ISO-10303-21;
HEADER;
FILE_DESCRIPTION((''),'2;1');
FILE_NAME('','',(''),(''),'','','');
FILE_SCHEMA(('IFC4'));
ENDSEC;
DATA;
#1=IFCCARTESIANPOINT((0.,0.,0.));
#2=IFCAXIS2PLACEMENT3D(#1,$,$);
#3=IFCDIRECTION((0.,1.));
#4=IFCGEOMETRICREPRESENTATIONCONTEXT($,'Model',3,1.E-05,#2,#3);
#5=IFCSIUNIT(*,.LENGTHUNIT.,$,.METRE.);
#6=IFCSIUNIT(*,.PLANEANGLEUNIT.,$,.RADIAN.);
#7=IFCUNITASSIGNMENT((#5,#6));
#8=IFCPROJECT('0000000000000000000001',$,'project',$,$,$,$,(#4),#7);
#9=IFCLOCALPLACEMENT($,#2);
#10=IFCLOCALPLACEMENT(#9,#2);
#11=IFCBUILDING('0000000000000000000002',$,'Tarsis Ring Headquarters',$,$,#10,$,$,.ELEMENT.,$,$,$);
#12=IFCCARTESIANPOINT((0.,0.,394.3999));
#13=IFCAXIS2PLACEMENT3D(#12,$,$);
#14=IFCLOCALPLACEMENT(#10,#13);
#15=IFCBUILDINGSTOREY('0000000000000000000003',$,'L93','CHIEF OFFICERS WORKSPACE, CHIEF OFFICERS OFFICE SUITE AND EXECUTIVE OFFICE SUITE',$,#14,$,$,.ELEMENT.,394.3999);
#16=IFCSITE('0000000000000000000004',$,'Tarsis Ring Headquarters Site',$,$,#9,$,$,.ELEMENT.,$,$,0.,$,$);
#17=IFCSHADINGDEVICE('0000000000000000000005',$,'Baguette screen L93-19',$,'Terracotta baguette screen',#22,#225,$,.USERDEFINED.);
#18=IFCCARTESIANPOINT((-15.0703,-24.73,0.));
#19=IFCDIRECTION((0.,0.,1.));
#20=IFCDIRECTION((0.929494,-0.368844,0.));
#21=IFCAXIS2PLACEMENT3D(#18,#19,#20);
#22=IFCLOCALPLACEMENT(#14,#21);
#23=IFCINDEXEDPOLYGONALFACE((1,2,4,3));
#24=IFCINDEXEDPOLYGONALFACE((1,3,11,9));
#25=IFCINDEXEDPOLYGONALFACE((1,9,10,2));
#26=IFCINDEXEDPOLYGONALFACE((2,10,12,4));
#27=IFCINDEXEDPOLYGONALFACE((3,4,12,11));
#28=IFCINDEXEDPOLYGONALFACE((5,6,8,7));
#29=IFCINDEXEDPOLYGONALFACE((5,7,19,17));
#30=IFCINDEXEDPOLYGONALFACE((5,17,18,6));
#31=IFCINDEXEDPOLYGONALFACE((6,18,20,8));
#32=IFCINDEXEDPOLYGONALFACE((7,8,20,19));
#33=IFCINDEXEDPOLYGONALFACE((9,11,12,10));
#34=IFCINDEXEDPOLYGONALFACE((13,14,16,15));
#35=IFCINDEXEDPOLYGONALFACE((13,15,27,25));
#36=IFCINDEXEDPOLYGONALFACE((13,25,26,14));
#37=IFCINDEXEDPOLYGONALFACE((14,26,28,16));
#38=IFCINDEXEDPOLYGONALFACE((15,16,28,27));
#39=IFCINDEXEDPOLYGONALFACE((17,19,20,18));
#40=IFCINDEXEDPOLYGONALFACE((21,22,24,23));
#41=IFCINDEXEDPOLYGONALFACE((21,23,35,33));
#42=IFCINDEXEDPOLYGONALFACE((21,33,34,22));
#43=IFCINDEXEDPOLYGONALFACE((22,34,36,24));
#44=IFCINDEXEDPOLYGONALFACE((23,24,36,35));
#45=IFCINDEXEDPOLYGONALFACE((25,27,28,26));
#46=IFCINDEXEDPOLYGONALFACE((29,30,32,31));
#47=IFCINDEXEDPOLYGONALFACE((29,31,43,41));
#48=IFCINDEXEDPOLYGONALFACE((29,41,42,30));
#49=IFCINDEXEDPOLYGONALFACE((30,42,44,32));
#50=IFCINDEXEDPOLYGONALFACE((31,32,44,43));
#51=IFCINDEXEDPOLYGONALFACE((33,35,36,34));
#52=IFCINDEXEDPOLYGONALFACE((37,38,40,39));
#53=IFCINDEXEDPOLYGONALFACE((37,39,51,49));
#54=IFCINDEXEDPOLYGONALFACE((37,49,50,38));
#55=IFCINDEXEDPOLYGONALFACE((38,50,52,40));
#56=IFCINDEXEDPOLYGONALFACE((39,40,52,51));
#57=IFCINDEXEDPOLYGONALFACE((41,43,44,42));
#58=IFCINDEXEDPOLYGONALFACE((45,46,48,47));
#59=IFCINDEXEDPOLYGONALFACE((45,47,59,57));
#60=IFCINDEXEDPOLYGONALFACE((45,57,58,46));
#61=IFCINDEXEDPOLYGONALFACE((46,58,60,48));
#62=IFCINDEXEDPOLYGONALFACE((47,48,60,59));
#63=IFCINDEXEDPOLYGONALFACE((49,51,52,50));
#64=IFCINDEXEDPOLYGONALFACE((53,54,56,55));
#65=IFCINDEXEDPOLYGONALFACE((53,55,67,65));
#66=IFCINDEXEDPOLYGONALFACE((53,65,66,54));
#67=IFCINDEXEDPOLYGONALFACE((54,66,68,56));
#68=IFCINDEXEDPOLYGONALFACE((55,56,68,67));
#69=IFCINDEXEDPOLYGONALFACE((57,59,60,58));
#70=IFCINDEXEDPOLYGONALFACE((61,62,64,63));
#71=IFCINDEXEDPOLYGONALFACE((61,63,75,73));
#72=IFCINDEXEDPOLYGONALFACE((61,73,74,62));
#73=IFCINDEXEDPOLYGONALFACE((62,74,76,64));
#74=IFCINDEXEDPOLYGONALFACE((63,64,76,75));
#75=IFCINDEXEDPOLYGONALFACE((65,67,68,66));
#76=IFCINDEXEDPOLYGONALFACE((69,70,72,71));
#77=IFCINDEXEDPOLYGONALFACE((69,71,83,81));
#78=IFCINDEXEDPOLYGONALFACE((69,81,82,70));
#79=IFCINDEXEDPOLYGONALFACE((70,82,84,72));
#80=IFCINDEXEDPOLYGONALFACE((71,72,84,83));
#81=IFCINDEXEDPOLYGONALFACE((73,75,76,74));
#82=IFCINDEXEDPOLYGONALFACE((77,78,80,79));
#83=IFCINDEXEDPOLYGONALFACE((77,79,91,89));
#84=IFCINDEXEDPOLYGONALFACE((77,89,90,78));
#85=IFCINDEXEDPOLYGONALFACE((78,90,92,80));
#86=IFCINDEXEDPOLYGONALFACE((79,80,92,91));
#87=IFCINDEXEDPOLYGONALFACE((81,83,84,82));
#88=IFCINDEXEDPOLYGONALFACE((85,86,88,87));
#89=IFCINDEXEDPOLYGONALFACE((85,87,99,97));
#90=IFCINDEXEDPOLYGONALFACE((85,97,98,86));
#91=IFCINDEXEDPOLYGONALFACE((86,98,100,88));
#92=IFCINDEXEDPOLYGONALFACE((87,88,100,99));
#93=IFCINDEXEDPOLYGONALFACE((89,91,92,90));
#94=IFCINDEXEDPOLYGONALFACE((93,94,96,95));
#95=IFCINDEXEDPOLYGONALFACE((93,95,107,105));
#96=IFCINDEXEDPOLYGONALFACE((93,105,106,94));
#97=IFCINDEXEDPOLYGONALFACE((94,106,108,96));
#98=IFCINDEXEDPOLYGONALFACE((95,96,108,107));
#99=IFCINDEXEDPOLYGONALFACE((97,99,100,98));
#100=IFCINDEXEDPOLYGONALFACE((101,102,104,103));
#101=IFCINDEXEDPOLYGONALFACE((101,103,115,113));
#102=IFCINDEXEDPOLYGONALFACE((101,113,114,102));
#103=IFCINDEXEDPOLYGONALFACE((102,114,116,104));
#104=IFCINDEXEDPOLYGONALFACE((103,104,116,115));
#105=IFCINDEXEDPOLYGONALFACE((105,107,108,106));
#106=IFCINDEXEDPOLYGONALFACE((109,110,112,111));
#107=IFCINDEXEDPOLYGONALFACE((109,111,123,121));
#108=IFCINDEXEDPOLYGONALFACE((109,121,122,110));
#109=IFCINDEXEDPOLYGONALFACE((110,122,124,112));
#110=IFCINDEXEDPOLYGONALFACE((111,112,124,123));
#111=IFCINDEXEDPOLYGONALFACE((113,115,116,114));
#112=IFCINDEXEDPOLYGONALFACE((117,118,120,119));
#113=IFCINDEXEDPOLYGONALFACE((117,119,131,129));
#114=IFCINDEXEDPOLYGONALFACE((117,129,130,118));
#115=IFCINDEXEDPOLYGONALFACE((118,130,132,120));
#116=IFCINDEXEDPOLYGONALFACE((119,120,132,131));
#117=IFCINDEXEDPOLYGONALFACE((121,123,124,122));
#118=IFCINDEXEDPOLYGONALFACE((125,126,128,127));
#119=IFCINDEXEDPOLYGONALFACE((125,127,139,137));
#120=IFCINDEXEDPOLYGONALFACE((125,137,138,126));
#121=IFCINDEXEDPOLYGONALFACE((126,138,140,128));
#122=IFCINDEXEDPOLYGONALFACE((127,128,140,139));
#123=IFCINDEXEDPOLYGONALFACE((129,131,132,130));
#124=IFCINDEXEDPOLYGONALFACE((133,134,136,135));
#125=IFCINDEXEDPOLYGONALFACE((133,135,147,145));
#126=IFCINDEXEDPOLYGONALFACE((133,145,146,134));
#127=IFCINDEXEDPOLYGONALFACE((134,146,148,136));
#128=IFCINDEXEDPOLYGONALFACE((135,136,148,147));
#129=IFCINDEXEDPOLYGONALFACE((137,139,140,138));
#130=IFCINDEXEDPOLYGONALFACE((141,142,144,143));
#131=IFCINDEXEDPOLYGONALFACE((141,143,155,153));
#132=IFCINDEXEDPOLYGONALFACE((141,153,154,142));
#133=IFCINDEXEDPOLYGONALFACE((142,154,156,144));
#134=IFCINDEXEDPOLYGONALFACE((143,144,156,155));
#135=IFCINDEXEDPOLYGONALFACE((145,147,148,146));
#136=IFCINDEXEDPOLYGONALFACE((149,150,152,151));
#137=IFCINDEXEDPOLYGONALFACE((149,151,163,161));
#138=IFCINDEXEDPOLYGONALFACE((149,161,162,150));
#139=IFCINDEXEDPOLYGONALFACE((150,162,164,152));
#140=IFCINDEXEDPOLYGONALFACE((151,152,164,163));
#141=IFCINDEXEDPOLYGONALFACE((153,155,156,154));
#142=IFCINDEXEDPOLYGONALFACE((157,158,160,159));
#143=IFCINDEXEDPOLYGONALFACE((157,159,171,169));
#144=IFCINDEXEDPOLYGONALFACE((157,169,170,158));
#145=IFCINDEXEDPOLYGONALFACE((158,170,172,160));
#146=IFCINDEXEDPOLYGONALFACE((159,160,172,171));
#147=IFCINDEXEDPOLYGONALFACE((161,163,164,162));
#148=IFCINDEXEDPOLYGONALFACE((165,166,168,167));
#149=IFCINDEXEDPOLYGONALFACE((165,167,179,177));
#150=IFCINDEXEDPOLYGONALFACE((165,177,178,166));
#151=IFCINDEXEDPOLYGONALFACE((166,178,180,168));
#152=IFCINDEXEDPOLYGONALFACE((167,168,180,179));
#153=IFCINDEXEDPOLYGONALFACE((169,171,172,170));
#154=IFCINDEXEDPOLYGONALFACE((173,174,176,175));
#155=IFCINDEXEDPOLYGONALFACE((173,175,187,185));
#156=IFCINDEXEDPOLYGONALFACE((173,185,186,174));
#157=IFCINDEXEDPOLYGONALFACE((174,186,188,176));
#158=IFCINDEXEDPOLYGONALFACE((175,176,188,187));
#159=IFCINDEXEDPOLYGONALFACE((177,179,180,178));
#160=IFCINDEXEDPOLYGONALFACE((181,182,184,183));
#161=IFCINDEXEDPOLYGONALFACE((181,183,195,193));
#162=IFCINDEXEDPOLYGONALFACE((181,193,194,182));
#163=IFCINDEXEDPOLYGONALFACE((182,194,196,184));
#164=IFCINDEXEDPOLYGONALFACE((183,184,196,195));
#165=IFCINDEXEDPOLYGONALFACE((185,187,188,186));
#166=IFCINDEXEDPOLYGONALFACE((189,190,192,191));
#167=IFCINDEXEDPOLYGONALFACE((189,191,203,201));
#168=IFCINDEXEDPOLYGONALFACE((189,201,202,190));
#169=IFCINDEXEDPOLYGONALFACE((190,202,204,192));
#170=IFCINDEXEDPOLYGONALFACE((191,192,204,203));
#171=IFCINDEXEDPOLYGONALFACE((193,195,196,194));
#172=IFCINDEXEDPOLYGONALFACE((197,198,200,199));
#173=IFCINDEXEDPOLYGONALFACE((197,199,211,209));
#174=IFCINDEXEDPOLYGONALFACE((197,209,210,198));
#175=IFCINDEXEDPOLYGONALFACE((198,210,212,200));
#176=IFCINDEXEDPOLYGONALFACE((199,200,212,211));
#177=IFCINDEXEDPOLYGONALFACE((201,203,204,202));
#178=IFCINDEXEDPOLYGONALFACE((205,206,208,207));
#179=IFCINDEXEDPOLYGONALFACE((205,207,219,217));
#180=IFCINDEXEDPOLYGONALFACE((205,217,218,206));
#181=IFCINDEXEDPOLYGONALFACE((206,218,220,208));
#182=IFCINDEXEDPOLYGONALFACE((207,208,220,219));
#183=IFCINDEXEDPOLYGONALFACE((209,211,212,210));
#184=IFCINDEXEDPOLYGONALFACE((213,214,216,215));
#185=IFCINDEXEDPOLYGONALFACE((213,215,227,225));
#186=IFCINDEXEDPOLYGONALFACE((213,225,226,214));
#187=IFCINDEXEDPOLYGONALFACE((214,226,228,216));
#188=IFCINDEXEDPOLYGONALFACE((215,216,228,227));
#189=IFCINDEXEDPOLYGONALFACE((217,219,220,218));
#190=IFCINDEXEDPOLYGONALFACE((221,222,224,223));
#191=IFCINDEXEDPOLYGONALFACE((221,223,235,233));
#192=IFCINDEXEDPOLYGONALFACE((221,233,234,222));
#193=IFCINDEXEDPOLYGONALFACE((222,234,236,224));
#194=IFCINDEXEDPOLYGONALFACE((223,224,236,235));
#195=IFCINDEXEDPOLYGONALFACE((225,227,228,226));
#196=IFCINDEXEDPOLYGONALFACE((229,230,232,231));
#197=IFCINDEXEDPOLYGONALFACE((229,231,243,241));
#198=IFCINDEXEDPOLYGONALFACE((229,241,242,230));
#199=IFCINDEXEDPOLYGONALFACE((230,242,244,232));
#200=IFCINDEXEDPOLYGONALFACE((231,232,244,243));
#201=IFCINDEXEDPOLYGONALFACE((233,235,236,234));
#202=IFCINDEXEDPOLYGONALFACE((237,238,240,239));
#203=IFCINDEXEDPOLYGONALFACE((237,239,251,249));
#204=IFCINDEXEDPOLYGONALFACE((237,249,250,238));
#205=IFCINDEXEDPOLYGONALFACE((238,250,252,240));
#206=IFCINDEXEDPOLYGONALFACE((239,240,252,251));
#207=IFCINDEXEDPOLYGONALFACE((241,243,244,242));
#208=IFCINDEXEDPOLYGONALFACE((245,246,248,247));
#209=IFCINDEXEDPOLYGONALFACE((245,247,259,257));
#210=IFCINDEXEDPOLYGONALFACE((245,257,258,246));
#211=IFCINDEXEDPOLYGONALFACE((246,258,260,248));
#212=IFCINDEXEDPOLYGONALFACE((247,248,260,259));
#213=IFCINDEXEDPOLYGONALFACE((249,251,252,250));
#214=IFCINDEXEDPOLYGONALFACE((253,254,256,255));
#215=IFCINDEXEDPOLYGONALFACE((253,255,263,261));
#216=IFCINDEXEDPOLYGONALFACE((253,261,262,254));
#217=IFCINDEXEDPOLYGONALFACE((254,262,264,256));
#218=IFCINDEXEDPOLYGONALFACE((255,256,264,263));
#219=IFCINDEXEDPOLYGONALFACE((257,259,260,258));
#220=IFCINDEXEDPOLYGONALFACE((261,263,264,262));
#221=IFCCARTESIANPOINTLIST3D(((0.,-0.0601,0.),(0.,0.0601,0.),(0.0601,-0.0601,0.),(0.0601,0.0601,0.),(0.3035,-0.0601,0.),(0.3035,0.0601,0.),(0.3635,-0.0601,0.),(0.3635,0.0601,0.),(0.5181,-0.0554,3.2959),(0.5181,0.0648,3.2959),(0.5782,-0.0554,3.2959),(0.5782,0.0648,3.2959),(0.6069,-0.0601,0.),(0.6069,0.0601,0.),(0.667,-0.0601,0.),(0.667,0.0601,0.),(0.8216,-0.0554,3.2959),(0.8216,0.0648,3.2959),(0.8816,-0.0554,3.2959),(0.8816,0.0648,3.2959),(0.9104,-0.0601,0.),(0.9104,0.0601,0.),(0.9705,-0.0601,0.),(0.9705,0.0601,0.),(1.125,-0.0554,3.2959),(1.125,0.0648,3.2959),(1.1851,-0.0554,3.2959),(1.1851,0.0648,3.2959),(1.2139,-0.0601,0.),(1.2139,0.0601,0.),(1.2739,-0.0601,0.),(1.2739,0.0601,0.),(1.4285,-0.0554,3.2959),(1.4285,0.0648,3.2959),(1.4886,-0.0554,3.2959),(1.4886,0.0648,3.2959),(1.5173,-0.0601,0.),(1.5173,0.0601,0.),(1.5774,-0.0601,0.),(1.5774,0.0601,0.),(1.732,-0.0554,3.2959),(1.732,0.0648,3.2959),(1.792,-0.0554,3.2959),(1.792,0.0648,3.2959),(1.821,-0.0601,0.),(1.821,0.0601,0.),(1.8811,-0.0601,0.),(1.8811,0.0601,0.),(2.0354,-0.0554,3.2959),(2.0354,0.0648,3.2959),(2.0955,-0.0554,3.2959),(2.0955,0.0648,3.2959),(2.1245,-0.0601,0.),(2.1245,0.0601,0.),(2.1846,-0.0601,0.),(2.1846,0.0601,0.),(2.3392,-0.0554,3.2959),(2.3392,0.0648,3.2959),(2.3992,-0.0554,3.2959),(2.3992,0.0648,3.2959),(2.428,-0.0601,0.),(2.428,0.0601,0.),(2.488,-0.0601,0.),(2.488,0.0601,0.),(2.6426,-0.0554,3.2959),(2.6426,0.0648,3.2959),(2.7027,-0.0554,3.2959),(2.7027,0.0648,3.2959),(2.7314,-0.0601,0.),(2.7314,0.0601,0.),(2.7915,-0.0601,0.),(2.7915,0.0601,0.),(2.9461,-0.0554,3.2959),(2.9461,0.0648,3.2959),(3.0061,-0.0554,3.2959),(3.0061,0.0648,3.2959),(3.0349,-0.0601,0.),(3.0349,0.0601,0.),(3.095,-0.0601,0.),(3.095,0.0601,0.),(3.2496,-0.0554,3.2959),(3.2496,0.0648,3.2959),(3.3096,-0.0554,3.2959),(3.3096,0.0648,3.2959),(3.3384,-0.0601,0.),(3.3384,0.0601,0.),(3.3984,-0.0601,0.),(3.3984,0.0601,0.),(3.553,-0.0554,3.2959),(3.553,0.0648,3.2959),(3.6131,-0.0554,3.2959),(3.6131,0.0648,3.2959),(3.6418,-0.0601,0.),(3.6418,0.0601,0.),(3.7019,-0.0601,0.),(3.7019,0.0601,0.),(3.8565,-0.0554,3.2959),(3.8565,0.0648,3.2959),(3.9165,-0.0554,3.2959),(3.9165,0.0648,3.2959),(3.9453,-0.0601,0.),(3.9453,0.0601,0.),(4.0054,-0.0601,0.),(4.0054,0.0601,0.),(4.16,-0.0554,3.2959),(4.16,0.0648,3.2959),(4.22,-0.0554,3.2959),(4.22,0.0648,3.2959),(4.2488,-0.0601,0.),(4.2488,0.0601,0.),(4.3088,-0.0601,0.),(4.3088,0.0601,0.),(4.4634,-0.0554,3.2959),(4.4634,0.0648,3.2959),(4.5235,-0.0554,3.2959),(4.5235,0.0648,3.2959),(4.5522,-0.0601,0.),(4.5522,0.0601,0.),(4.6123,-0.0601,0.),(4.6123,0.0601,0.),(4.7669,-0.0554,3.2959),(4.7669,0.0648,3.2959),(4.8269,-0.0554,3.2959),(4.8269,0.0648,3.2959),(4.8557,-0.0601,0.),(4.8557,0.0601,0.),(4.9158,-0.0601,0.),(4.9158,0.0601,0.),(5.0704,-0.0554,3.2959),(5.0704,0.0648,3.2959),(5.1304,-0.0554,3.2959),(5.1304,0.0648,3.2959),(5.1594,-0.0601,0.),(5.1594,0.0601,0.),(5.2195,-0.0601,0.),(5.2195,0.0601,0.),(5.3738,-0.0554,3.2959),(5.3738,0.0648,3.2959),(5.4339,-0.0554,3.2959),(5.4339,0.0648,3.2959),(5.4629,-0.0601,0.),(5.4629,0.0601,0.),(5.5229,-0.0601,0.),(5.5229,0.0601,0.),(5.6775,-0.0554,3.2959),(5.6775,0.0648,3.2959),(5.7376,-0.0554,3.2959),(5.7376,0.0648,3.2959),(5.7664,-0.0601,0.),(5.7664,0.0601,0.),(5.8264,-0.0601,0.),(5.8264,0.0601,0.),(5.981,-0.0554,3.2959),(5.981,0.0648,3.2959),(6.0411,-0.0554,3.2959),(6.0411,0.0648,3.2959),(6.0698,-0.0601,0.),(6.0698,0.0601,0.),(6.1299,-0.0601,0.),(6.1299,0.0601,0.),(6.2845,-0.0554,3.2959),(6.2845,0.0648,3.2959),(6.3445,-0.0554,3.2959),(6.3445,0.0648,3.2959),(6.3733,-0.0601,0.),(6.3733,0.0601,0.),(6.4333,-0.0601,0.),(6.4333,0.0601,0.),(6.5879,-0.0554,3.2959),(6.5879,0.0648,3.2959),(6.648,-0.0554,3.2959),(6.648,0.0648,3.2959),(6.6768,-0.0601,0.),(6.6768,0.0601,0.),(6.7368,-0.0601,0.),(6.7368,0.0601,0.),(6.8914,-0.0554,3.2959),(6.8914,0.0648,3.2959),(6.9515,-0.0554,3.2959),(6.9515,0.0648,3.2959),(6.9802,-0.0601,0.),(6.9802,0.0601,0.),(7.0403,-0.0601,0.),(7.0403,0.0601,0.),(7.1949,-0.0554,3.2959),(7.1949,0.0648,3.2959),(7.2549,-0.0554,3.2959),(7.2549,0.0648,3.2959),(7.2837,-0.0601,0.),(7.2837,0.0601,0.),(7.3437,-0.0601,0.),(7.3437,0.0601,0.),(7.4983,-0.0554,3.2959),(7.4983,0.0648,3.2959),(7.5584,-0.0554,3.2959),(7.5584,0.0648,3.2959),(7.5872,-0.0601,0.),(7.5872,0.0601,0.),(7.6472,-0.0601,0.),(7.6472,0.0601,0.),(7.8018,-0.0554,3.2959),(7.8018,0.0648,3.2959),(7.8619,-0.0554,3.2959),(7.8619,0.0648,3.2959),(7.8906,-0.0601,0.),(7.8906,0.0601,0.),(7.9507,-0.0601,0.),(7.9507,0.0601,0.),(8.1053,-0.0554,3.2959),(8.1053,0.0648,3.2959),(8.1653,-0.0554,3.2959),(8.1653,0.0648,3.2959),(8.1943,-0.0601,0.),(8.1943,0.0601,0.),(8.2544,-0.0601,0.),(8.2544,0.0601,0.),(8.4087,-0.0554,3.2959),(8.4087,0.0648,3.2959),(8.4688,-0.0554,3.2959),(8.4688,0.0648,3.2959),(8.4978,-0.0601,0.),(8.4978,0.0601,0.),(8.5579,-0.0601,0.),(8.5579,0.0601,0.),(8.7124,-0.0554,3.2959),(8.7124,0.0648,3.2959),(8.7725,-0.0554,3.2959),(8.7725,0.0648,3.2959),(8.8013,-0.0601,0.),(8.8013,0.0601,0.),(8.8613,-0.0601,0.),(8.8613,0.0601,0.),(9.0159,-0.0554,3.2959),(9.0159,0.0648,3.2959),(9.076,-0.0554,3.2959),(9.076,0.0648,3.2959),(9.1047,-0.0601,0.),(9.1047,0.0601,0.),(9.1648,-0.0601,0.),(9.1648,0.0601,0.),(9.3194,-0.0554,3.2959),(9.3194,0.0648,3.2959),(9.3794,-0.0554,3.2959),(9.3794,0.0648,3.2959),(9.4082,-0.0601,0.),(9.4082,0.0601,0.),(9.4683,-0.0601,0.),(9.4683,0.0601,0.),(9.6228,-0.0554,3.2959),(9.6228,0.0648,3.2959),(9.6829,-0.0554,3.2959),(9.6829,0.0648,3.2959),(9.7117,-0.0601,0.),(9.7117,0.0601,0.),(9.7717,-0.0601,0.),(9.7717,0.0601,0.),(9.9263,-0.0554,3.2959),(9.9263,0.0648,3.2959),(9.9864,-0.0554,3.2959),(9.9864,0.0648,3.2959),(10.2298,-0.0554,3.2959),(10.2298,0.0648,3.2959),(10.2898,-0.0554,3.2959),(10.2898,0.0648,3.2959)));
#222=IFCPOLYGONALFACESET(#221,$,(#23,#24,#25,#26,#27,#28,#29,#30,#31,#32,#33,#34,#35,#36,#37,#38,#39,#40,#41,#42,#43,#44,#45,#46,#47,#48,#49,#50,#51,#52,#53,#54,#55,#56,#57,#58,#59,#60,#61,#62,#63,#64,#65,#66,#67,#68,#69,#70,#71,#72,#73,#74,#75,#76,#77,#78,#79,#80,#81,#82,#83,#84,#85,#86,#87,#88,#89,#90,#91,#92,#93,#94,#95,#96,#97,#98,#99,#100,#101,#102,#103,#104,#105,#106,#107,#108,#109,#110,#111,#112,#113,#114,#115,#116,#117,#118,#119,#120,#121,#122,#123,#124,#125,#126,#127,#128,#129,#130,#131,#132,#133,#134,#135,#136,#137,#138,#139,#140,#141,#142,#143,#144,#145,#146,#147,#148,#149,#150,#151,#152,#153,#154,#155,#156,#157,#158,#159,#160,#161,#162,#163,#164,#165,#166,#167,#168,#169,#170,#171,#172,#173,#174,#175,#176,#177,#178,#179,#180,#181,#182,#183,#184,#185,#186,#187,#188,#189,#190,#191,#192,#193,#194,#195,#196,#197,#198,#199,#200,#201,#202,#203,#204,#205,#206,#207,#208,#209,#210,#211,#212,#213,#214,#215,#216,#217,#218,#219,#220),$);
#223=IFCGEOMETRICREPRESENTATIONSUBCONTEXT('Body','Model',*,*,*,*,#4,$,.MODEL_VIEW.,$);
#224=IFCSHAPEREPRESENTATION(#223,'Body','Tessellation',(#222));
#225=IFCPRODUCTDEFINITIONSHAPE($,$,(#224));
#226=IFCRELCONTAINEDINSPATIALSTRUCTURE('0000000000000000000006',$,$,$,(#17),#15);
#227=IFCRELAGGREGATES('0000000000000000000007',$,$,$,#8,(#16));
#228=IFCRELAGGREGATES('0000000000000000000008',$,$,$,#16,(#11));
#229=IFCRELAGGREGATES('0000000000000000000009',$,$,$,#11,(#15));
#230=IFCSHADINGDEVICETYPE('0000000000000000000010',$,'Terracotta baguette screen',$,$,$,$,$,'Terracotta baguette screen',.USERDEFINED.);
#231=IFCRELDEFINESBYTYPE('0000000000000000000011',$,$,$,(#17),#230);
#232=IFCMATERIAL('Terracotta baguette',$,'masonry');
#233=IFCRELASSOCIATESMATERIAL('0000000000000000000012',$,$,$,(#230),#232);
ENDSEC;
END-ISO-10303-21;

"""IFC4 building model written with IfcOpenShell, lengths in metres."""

from ifc_helpers import new_model, si_unit, direction, frame, frame_2d, origin, place, context, subcontext, project, spatial, rectangle, composite_profile, extrude, material, type_object, element, save


model = new_model("IFC4")

# Units and contexts
model_context = context("Model", 3, precision=1e-05, world=origin(), true_north=direction((0.0, 1.0)))
body_context = subcontext(model_context, "Body", "Model", "MODEL_VIEW")
ifc_project = project(units=[si_unit("LENGTHUNIT", "METRE"), si_unit("PLANEANGLEUNIT", "RADIAN")], contexts=[model_context])

# Site, building, storey
site_placement = place(None, origin())
site = spatial("IfcSite", under=ifc_project, at=site_placement, Name="Tarsis Ring Headquarters Site", CompositionType="ELEMENT", RefElevation=0.0)
building_placement = place(site_placement, origin())
building = spatial("IfcBuilding", under=site, at=building_placement, Name="Tarsis Ring Headquarters", CompositionType="ELEMENT")
storey_placement = place(building_placement, frame((0.0, 0.0, 394.3999)))
storey = spatial("IfcBuildingStorey", under=building, at=storey_placement, Name="L93", Description="CHIEF OFFICERS WORKSPACE, CHIEF OFFICERS OFFICE SUITE AND EXECUTIVE OFFICE SUITE", CompositionType="ELEMENT", Elevation=394.3999)

# Shading device
ifc_material_1 = material(Name="Terracotta baguette", Category="masonry")
shading_device_type = type_object("IfcShadingDeviceType", Name="Terracotta baguette screen", ElementType="Terracotta baguette screen", PredefinedType="USERDEFINED", material=ifc_material_1)
shading_device_1_placement = place(storey_placement, frame((-15.0703, -24.73, 0.0), z_axis=(0.0, 0.0, 1.0), x_axis=(0.929494, -0.368844, 0.0)))
element("IfcShadingDevice", 1, at=shading_device_1_placement, inside=storey, type_object=shading_device_type, Name="Baguette screen L93-19", ObjectType="Terracotta baguette screen", PredefinedType="USERDEFINED", context=body_context, shape_type="SweptSolid", body=[
    extrude(composite_profile([rectangle(XDim=0.0601, YDim=0.1201, at=frame_2d((0.03, 0.0))), rectangle(XDim=0.0601, YDim=0.1201, at=frame_2d((0.3335, 0.0))), rectangle(XDim=0.0601, YDim=0.1201, at=frame_2d((0.637, 0.0))), rectangle(XDim=0.0601, YDim=0.1201, at=frame_2d((0.9404, 0.0))), rectangle(XDim=0.0601, YDim=0.1201, at=frame_2d((1.2439, 0.0))), rectangle(XDim=0.0601, YDim=0.1201, at=frame_2d((1.5474, 0.0))), rectangle(XDim=0.0601, YDim=0.1201, at=frame_2d((1.8511, 0.0))), rectangle(XDim=0.0601, YDim=0.1201, at=frame_2d((2.1545, 0.0))), rectangle(XDim=0.0601, YDim=0.1201, at=frame_2d((2.458, 0.0))), rectangle(XDim=0.0601, YDim=0.1201, at=frame_2d((2.7615, 0.0))), rectangle(XDim=0.0601, YDim=0.1201, at=frame_2d((3.0649, 0.0))), rectangle(XDim=0.0601, YDim=0.1201, at=frame_2d((3.3684, 0.0))), rectangle(XDim=0.0601, YDim=0.1201, at=frame_2d((3.6719, 0.0))), rectangle(XDim=0.0601, YDim=0.1201, at=frame_2d((3.9753, 0.0))), rectangle(XDim=0.0601, YDim=0.1201, at=frame_2d((4.2788, 0.0))), rectangle(XDim=0.0601, YDim=0.1201, at=frame_2d((4.5823, 0.0))), rectangle(XDim=0.0601, YDim=0.1201, at=frame_2d((4.8857, 0.0))), rectangle(XDim=0.0601, YDim=0.1201, at=frame_2d((5.1895, 0.0))), rectangle(XDim=0.0601, YDim=0.1201, at=frame_2d((5.4929, 0.0))), rectangle(XDim=0.0601, YDim=0.1201, at=frame_2d((5.7964, 0.0))), rectangle(XDim=0.0601, YDim=0.1201, at=frame_2d((6.0999, 0.0))), rectangle(XDim=0.0601, YDim=0.1201, at=frame_2d((6.4033, 0.0))), rectangle(XDim=0.0601, YDim=0.1201, at=frame_2d((6.7068, 0.0))), rectangle(XDim=0.0601, YDim=0.1201, at=frame_2d((7.0103, 0.0))), rectangle(XDim=0.0601, YDim=0.1201, at=frame_2d((7.3137, 0.0))), rectangle(XDim=0.0601, YDim=0.1201, at=frame_2d((7.6172, 0.0))), rectangle(XDim=0.0601, YDim=0.1201, at=frame_2d((7.9207, 0.0))), rectangle(XDim=0.0601, YDim=0.1201, at=frame_2d((8.2244, 0.0))), rectangle(XDim=0.0601, YDim=0.1201, at=frame_2d((8.5278, 0.0))), rectangle(XDim=0.0601, YDim=0.1201, at=frame_2d((8.8313, 0.0))), rectangle(XDim=0.0601, YDim=0.1201, at=frame_2d((9.1348, 0.0))), rectangle(XDim=0.0601, YDim=0.1201, at=frame_2d((9.4382, 0.0))), rectangle(XDim=0.0601, YDim=0.1201, at=frame_2d((9.7417, 0.0)))]), origin(), (0.155289, 0.001408, 0.987868), 3.3364),
])

save(model, "model.ifc")
